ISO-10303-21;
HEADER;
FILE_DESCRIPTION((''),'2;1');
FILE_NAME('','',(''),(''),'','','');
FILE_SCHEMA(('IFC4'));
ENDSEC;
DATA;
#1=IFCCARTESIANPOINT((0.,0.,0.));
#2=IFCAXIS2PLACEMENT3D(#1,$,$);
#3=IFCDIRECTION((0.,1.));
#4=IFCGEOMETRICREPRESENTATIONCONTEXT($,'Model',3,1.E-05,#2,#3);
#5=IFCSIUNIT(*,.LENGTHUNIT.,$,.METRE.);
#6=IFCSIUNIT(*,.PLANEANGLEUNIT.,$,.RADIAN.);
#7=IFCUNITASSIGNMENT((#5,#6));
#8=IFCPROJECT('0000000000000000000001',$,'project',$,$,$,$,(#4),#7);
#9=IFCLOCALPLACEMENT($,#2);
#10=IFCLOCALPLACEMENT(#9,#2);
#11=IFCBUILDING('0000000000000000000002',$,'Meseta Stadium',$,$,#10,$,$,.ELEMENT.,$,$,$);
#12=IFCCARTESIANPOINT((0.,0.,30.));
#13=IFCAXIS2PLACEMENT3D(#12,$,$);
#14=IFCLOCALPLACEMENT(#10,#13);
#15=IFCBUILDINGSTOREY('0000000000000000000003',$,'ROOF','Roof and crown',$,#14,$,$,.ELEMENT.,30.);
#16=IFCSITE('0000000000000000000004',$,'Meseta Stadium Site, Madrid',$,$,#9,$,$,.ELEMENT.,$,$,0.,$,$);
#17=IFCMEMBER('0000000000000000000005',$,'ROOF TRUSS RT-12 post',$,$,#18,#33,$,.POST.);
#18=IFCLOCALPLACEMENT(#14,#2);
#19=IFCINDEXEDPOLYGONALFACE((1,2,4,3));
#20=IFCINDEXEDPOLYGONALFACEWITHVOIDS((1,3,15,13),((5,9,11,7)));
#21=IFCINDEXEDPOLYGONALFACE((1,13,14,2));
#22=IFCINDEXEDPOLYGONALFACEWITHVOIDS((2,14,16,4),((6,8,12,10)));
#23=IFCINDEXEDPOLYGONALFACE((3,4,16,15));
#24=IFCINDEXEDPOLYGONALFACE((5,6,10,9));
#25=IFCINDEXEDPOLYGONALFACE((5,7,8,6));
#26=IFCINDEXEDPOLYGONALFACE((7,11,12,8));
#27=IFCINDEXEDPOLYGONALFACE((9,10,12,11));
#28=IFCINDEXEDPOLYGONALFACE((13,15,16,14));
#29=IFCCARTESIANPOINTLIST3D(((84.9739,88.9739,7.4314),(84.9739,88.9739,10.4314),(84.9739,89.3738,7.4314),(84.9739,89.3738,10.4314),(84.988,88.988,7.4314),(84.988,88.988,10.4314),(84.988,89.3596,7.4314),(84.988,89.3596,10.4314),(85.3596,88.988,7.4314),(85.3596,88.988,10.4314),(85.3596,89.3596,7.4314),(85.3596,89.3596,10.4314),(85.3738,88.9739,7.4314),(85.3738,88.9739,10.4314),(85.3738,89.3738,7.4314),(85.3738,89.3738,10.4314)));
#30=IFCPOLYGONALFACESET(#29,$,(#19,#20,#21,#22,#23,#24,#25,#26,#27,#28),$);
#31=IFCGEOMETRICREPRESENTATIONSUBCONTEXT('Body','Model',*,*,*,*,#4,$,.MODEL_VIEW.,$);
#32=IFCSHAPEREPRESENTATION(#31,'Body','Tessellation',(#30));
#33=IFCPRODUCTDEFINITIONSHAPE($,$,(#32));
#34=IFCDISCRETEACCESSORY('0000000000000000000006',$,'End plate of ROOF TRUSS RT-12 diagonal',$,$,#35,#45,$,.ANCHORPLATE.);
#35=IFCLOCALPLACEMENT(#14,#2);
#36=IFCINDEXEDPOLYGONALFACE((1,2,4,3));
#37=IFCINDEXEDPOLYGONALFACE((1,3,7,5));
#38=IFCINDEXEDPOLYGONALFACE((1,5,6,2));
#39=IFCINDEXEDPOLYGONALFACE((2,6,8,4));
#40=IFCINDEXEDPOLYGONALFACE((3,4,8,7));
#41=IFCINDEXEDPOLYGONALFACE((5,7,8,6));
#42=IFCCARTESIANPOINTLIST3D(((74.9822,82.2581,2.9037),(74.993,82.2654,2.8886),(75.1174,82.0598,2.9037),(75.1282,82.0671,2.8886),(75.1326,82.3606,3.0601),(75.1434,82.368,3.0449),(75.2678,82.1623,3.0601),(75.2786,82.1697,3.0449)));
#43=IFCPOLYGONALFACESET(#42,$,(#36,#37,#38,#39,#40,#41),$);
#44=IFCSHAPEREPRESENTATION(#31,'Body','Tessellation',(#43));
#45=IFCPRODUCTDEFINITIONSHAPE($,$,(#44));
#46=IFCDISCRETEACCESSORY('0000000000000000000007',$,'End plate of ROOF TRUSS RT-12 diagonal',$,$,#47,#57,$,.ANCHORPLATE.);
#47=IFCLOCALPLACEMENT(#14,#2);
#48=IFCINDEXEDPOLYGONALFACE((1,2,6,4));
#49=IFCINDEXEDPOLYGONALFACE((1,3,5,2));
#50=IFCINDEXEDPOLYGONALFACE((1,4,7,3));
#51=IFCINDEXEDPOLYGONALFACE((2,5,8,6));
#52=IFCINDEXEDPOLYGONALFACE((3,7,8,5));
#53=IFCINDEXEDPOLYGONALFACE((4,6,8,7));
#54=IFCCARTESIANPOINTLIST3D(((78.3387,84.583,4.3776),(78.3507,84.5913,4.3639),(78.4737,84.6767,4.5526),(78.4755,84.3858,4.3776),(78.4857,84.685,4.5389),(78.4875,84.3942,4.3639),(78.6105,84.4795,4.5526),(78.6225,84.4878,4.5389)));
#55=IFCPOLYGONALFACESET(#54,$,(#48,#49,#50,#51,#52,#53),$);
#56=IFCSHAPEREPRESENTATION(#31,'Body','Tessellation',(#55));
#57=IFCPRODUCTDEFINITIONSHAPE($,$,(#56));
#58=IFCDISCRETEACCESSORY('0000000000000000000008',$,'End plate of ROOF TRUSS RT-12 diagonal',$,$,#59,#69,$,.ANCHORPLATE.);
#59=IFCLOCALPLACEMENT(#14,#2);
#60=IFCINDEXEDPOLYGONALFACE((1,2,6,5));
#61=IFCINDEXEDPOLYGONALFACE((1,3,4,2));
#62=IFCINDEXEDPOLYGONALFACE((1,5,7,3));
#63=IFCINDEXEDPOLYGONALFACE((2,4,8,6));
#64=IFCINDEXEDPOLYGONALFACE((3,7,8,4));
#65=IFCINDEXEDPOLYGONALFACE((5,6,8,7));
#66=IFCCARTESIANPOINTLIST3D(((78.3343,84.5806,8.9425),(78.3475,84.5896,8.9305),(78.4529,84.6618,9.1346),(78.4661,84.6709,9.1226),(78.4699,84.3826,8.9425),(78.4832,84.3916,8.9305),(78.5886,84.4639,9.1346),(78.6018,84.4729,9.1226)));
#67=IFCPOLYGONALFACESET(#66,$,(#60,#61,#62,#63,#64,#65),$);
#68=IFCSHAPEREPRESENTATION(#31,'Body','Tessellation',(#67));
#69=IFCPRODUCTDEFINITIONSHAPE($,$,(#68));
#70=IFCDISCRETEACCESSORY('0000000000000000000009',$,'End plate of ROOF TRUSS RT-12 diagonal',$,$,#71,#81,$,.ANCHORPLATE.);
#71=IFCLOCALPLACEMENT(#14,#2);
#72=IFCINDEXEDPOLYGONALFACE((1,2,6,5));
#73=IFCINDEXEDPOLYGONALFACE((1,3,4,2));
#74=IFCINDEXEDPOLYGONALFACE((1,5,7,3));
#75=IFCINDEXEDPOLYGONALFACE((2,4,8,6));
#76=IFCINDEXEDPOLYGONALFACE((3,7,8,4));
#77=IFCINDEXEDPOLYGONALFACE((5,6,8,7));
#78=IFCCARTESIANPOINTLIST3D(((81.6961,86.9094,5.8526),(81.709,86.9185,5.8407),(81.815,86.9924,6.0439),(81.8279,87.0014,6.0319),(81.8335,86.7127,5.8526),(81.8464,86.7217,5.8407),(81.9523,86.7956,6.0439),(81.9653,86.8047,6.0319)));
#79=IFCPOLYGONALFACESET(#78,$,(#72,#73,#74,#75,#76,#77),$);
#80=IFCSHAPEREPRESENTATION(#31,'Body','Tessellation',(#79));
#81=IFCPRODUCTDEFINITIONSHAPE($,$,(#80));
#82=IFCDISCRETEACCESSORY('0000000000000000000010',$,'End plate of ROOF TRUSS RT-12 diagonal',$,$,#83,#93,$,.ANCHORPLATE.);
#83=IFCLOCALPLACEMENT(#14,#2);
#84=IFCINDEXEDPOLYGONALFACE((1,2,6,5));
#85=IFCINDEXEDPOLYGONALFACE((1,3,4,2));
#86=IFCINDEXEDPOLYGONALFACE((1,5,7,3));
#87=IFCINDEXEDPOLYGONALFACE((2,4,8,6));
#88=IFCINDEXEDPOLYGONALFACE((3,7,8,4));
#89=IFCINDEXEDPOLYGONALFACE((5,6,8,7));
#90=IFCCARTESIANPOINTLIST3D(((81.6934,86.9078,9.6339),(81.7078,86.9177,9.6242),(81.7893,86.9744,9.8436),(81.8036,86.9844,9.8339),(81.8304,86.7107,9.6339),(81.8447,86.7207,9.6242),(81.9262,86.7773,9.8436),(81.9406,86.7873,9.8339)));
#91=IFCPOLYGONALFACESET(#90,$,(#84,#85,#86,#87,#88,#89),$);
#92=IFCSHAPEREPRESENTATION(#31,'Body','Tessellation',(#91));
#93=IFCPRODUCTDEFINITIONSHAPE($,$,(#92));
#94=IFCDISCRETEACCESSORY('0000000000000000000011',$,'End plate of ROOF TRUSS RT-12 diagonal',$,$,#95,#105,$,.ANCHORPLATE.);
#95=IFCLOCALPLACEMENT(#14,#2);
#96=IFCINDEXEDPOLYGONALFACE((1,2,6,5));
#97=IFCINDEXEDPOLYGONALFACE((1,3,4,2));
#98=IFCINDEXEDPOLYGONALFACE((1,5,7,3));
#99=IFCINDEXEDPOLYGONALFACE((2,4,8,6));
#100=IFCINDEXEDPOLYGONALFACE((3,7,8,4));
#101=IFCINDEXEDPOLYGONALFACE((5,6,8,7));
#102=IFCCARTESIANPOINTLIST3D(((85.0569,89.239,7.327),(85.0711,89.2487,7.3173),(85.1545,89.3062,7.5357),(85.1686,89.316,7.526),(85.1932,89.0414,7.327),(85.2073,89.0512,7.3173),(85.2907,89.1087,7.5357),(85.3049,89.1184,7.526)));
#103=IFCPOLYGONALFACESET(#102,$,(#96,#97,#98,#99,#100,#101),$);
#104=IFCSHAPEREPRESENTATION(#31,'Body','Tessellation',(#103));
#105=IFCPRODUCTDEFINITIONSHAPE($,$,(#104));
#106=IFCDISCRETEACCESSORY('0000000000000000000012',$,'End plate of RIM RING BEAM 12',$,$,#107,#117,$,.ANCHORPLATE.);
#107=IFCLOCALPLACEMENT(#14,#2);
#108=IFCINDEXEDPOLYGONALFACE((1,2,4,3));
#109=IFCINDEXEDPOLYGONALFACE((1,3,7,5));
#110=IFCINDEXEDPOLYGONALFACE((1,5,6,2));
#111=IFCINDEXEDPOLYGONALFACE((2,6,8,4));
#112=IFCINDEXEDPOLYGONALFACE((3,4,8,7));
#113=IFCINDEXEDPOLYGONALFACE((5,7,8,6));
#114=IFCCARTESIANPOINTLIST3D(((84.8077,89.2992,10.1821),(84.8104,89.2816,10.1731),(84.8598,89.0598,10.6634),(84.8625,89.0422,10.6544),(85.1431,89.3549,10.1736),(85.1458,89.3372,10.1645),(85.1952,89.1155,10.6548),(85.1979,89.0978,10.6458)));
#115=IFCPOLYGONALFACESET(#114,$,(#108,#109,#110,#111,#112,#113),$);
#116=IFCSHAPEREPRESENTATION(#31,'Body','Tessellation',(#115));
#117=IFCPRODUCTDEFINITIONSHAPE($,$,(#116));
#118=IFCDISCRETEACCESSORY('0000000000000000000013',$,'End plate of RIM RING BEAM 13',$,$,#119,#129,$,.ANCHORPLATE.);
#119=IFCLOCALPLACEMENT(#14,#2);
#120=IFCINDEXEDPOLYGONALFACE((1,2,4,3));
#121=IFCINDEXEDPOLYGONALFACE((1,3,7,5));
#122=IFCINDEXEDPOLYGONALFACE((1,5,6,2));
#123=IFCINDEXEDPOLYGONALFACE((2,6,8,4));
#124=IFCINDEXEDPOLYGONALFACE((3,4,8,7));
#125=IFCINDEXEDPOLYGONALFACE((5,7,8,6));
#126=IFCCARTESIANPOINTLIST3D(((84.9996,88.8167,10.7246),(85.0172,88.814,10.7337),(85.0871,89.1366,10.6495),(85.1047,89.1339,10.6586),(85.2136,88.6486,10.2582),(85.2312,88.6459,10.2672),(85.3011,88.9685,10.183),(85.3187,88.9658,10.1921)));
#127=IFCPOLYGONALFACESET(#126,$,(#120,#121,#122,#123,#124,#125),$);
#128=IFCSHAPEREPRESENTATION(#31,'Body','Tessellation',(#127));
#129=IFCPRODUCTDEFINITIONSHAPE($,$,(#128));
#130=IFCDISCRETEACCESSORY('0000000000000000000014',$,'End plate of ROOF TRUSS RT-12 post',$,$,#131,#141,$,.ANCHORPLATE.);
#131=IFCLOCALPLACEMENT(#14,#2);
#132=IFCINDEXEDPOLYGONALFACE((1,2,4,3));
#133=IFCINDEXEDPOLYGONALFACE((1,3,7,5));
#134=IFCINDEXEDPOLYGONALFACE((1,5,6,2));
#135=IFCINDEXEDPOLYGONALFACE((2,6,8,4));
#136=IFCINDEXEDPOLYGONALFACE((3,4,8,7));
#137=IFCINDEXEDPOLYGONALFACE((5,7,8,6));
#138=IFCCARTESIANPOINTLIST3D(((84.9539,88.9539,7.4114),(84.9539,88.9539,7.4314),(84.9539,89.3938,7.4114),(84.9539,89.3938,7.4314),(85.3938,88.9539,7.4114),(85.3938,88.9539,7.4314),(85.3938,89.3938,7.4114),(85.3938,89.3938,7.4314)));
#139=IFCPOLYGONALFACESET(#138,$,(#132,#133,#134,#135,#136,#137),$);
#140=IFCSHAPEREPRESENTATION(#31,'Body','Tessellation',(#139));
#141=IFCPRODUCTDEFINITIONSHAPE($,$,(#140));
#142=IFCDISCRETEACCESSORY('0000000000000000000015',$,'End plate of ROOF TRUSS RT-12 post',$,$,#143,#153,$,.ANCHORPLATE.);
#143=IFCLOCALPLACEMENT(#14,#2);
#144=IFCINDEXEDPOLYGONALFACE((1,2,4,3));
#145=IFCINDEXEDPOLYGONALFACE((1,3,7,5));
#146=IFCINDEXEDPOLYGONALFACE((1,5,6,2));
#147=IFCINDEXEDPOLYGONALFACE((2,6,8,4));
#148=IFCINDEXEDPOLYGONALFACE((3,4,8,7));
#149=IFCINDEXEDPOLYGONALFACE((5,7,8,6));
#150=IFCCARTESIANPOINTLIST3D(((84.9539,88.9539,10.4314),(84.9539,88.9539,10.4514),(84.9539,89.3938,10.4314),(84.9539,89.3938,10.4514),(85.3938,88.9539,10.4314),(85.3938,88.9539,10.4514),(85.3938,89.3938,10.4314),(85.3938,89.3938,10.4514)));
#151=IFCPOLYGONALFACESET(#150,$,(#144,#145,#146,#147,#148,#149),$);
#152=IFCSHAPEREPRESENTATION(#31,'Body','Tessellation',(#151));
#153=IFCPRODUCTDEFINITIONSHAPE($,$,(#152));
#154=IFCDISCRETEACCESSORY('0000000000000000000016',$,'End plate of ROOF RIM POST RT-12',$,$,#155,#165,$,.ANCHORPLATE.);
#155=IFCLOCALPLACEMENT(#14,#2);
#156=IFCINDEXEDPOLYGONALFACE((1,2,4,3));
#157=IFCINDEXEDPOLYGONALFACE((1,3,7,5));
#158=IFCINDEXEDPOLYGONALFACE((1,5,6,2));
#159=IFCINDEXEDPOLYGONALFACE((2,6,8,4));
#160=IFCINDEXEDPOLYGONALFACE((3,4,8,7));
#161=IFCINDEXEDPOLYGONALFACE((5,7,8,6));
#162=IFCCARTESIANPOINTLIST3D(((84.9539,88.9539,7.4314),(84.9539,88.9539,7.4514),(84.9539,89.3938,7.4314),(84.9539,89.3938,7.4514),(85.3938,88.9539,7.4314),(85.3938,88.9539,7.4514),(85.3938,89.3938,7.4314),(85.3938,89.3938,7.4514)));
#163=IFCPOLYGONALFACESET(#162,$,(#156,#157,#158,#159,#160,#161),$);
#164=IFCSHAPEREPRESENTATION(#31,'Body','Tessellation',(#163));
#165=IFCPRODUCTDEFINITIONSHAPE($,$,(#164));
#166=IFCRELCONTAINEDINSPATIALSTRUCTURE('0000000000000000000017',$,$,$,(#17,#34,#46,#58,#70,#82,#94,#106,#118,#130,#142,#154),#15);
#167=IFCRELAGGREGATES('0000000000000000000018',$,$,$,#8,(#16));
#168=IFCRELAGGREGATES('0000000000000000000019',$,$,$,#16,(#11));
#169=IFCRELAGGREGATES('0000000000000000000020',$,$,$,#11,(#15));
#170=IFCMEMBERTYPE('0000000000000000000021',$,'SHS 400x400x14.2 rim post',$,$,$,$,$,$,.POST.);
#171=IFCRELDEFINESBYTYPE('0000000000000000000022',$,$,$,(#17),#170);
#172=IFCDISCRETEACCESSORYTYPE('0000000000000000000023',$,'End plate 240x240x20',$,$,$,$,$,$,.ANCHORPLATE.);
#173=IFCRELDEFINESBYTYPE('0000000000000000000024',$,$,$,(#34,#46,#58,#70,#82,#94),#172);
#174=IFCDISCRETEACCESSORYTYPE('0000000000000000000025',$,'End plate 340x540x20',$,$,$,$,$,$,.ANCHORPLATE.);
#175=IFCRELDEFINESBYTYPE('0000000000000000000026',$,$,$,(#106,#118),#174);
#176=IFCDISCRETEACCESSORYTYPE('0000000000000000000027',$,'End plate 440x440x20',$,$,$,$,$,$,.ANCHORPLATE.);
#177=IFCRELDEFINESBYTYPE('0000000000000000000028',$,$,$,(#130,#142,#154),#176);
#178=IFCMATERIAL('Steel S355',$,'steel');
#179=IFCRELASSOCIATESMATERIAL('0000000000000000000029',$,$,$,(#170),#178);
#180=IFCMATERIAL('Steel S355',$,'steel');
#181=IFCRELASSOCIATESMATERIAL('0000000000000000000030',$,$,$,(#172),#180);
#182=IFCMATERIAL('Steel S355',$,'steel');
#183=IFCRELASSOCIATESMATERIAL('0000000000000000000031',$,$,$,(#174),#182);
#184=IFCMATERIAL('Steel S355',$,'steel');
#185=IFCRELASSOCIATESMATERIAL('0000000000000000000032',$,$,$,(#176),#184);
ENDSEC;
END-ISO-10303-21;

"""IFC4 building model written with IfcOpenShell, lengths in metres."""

from ifc_helpers import new_model, si_unit, direction, frame, origin, origin_2d, place, context, subcontext, project, spatial, rectangle, hollow_rectangle, extrude, material, material_profile, profile_set, type_object, element, save


model = new_model("IFC4")

# Units and contexts
model_context = context("Model", 3, precision=1e-05, world=origin(), true_north=direction((0.0, 1.0)))
body_context = subcontext(model_context, "Body", "Model", "MODEL_VIEW")
ifc_project = project(units=[si_unit("LENGTHUNIT", "METRE"), si_unit("PLANEANGLEUNIT", "RADIAN")], contexts=[model_context])

# Site, building, storey
site_placement = place(None, origin())
site = spatial("IfcSite", under=ifc_project, at=site_placement, Name="Meseta Stadium Site, Madrid", CompositionType="ELEMENT", RefElevation=0.0)
building_placement = place(site_placement, origin())
building = spatial("IfcBuilding", under=site, at=building_placement, Name="Meseta Stadium", CompositionType="ELEMENT")
storey_placement = place(building_placement, frame((0.0, 0.0, 30.0)))
storey = spatial("IfcBuildingStorey", under=building, at=storey_placement, Name="ROOF", Description="Roof and crown", CompositionType="ELEMENT", Elevation=30.0)

# Member
ifc_material_1 = material(Name="Steel S355", Category="steel")
ifc_material_profile_1 = material_profile(ifc_material_1, hollow_rectangle(XDim=0.3999, YDim=0.3999, WallThickness=0.0142, at=origin_2d()), Name="SHS 400x400x14.2")
ifc_profile_set_1 = profile_set([ifc_material_profile_1], Name="Steel S355")
member_type_1 = type_object("IfcMemberType", Name="SHS 400x400x14.2 rim post", PredefinedType="POST", material=ifc_profile_set_1)
member_1_placement = place(storey_placement, frame((85.1738, 89.1738, 7.4314), z_axis=(0.0, 0.0, 1.0), x_axis=(1.0, 0.0, 0.0)))
element("IfcMember", 1, at=member_1_placement, inside=storey, type_object=member_type_1, Name="ROOF TRUSS RT-12 post", PredefinedType="POST", context=body_context, shape_type="SweptSolid", body=[
    extrude(hollow_rectangle(XDim=0.3999, YDim=0.3999, WallThickness=0.0142, at=origin_2d()), origin(), (0.0, 0.0, 1.0), 3.0),
])

# Discrete accessories
ifc_material_2 = material(Name="Steel S355", Category="steel")
ifc_material_profile_2 = material_profile(ifc_material_2, rectangle(XDim=0.24, YDim=0.24, at=origin_2d()), Name="PL 240x240")
ifc_profile_set_2 = profile_set([ifc_material_profile_2], Name="Steel S355")
discrete_accessory_type_1 = type_object("IfcDiscreteAccessoryType", Name="End plate 240x240x20", PredefinedType="ANCHORPLATE", material=ifc_profile_set_2)
for number, where, z_axis, x_axis, name in (
    (2, (75.125, 82.2102, 2.9819), (0.53835, 0.367057, -0.758584), (-0.563337, 0.826227, 0.0), "End plate of ROOF TRUSS RT-12 diagonal"),
    (3, (78.4746, 84.5312, 4.4651), (0.598943, 0.415593, -0.684507), (-0.570082, 0.821588, 0.0), "End plate of ROOF TRUSS RT-12 diagonal"),
    (4, (78.4614, 84.5222, 9.0386), (0.660405, 0.4525, -0.599257), (-0.565231, 0.824932, 0.0), "End plate of ROOF TRUSS RT-12 diagonal"),
):
    element("IfcDiscreteAccessory", number, at=place(storey_placement, frame(where, z_axis=z_axis, x_axis=x_axis)), inside=storey, type_object=discrete_accessory_type_1, Name=name, PredefinedType="ANCHORPLATE", context=body_context, shape_type="SweptSolid", body=[
        extrude(rectangle(XDim=0.24, YDim=0.24, at=origin_2d()), origin(), (0.0, 0.0, 1.0), 0.02),
    ])
discrete_accessory_1_placement = place(storey_placement, frame((81.8242, 86.8525, 5.9482), z_axis=(0.653425, 0.456165, -0.60411), x_axis=(-0.572424, 0.819958, 0.0)))
element("IfcDiscreteAccessory", 5, at=discrete_accessory_1_placement, inside=storey, type_object=discrete_accessory_type_1, Name="End plate of ROOF TRUSS RT-12 diagonal", PredefinedType="ANCHORPLATE", context=body_context, shape_type="SweptSolid", body=[
    extrude(rectangle(XDim=0.24, YDim=0.24, at=origin_2d()), origin(), (0.0, 0.0, 1.0), 0.0198),
])
discrete_accessory_2_placement = place(storey_placement, frame((81.8098, 86.8425, 9.7388), z_axis=(0.717488, 0.498593, -0.486432), x_axis=(-0.570657, 0.821189, 0.0)))
element("IfcDiscreteAccessory", 6, at=discrete_accessory_2_placement, inside=storey, type_object=discrete_accessory_type_1, Name="End plate of ROOF TRUSS RT-12 diagonal", PredefinedType="ANCHORPLATE", context=body_context, shape_type="SweptSolid", body=[
    extrude(rectangle(XDim=0.24, YDim=0.24, at=origin_2d()), origin(), (0.0, 0.0, 1.0), 0.02),
])
discrete_accessory_3_placement = place(storey_placement, frame((85.1738, 89.1738, 7.4314), z_axis=(0.715886, 0.493714, -0.493714), x_axis=(-0.567733, 0.823213, 0.0)))
element("IfcDiscreteAccessory", 7, at=discrete_accessory_3_placement, inside=storey, type_object=discrete_accessory_type_1, Name="End plate of ROOF TRUSS RT-12 diagonal", PredefinedType="ANCHORPLATE", context=body_context, shape_type="SweptSolid", body=[
    extrude(rectangle(XDim=0.24, YDim=0.24, at=origin_2d()), origin(), (0.0, 0.0, 1.0), 0.0198),
])
ifc_material_3 = material(Name="Steel S355", Category="steel")
ifc_material_profile_3 = material_profile(ifc_material_3, rectangle(XDim=0.3401, YDim=0.54, at=origin_2d()), Name="PL 340x540")
ifc_profile_set_3 = profile_set([ifc_material_profile_3], Name="Steel S355")
discrete_accessory_type_2 = type_object("IfcDiscreteAccessoryType", Name="End plate 340x540x20", PredefinedType="ANCHORPLATE", material=ifc_profile_set_3)
for number, where, z_axis, x_axis, name in (
    (8, (85.0042, 89.1897, 10.4094), (-0.134648, 0.881332, 0.452907), (-0.986199, -0.163633, 0.025226), "End plate of RIM RING BEAM 12"),
    (9, (85.168, 88.8899, 10.4629), (-0.881332, 0.134648, -0.452907), (-0.257256, -0.940751, 0.220923), "End plate of RIM RING BEAM 13"),
):
    element("IfcDiscreteAccessory", number, at=place(storey_placement, frame(where, z_axis=z_axis, x_axis=x_axis)), inside=storey, type_object=discrete_accessory_type_2, Name=name, PredefinedType="ANCHORPLATE", context=body_context, shape_type="SweptSolid", body=[
        extrude(rectangle(XDim=0.3401, YDim=0.54, at=origin_2d()), origin(), (0.0, 0.0, 1.0), 0.02),
    ])
ifc_material_4 = material(Name="Steel S355", Category="steel")
ifc_material_profile_4 = material_profile(ifc_material_4, rectangle(XDim=0.4399, YDim=0.4399, at=origin_2d()), Name="PL 440x440")
ifc_profile_set_4 = profile_set([ifc_material_profile_4], Name="Steel S355")
discrete_accessory_type_3 = type_object("IfcDiscreteAccessoryType", Name="End plate 440x440x20", PredefinedType="ANCHORPLATE", material=ifc_profile_set_4)
for number, where, z_axis, x_axis, name in (
    (10, (85.1738, 89.1738, 7.4114), (0.0, 0.0, 1.0), (1.0, 0.0, 0.0), "End plate of ROOF TRUSS RT-12 post"),
    (11, (85.1738, 89.1738, 10.4314), (0.0, 0.0, 1.0), (1.0, 0.0, 0.0), "End plate of ROOF TRUSS RT-12 post"),
    (12, (85.1738, 89.1738, 7.4314), (0.0, 0.0, 1.0), (1.0, 0.0, 0.0), "End plate of ROOF RIM POST RT-12"),
):
    element("IfcDiscreteAccessory", number, at=place(storey_placement, frame(where, z_axis=z_axis, x_axis=x_axis)), inside=storey, type_object=discrete_accessory_type_3, Name=name, PredefinedType="ANCHORPLATE", context=body_context, shape_type="SweptSolid", body=[
        extrude(rectangle(XDim=0.4399, YDim=0.4399, at=origin_2d()), origin(), (0.0, 0.0, 1.0), 0.02),
    ])

save(model, "model.ifc")
